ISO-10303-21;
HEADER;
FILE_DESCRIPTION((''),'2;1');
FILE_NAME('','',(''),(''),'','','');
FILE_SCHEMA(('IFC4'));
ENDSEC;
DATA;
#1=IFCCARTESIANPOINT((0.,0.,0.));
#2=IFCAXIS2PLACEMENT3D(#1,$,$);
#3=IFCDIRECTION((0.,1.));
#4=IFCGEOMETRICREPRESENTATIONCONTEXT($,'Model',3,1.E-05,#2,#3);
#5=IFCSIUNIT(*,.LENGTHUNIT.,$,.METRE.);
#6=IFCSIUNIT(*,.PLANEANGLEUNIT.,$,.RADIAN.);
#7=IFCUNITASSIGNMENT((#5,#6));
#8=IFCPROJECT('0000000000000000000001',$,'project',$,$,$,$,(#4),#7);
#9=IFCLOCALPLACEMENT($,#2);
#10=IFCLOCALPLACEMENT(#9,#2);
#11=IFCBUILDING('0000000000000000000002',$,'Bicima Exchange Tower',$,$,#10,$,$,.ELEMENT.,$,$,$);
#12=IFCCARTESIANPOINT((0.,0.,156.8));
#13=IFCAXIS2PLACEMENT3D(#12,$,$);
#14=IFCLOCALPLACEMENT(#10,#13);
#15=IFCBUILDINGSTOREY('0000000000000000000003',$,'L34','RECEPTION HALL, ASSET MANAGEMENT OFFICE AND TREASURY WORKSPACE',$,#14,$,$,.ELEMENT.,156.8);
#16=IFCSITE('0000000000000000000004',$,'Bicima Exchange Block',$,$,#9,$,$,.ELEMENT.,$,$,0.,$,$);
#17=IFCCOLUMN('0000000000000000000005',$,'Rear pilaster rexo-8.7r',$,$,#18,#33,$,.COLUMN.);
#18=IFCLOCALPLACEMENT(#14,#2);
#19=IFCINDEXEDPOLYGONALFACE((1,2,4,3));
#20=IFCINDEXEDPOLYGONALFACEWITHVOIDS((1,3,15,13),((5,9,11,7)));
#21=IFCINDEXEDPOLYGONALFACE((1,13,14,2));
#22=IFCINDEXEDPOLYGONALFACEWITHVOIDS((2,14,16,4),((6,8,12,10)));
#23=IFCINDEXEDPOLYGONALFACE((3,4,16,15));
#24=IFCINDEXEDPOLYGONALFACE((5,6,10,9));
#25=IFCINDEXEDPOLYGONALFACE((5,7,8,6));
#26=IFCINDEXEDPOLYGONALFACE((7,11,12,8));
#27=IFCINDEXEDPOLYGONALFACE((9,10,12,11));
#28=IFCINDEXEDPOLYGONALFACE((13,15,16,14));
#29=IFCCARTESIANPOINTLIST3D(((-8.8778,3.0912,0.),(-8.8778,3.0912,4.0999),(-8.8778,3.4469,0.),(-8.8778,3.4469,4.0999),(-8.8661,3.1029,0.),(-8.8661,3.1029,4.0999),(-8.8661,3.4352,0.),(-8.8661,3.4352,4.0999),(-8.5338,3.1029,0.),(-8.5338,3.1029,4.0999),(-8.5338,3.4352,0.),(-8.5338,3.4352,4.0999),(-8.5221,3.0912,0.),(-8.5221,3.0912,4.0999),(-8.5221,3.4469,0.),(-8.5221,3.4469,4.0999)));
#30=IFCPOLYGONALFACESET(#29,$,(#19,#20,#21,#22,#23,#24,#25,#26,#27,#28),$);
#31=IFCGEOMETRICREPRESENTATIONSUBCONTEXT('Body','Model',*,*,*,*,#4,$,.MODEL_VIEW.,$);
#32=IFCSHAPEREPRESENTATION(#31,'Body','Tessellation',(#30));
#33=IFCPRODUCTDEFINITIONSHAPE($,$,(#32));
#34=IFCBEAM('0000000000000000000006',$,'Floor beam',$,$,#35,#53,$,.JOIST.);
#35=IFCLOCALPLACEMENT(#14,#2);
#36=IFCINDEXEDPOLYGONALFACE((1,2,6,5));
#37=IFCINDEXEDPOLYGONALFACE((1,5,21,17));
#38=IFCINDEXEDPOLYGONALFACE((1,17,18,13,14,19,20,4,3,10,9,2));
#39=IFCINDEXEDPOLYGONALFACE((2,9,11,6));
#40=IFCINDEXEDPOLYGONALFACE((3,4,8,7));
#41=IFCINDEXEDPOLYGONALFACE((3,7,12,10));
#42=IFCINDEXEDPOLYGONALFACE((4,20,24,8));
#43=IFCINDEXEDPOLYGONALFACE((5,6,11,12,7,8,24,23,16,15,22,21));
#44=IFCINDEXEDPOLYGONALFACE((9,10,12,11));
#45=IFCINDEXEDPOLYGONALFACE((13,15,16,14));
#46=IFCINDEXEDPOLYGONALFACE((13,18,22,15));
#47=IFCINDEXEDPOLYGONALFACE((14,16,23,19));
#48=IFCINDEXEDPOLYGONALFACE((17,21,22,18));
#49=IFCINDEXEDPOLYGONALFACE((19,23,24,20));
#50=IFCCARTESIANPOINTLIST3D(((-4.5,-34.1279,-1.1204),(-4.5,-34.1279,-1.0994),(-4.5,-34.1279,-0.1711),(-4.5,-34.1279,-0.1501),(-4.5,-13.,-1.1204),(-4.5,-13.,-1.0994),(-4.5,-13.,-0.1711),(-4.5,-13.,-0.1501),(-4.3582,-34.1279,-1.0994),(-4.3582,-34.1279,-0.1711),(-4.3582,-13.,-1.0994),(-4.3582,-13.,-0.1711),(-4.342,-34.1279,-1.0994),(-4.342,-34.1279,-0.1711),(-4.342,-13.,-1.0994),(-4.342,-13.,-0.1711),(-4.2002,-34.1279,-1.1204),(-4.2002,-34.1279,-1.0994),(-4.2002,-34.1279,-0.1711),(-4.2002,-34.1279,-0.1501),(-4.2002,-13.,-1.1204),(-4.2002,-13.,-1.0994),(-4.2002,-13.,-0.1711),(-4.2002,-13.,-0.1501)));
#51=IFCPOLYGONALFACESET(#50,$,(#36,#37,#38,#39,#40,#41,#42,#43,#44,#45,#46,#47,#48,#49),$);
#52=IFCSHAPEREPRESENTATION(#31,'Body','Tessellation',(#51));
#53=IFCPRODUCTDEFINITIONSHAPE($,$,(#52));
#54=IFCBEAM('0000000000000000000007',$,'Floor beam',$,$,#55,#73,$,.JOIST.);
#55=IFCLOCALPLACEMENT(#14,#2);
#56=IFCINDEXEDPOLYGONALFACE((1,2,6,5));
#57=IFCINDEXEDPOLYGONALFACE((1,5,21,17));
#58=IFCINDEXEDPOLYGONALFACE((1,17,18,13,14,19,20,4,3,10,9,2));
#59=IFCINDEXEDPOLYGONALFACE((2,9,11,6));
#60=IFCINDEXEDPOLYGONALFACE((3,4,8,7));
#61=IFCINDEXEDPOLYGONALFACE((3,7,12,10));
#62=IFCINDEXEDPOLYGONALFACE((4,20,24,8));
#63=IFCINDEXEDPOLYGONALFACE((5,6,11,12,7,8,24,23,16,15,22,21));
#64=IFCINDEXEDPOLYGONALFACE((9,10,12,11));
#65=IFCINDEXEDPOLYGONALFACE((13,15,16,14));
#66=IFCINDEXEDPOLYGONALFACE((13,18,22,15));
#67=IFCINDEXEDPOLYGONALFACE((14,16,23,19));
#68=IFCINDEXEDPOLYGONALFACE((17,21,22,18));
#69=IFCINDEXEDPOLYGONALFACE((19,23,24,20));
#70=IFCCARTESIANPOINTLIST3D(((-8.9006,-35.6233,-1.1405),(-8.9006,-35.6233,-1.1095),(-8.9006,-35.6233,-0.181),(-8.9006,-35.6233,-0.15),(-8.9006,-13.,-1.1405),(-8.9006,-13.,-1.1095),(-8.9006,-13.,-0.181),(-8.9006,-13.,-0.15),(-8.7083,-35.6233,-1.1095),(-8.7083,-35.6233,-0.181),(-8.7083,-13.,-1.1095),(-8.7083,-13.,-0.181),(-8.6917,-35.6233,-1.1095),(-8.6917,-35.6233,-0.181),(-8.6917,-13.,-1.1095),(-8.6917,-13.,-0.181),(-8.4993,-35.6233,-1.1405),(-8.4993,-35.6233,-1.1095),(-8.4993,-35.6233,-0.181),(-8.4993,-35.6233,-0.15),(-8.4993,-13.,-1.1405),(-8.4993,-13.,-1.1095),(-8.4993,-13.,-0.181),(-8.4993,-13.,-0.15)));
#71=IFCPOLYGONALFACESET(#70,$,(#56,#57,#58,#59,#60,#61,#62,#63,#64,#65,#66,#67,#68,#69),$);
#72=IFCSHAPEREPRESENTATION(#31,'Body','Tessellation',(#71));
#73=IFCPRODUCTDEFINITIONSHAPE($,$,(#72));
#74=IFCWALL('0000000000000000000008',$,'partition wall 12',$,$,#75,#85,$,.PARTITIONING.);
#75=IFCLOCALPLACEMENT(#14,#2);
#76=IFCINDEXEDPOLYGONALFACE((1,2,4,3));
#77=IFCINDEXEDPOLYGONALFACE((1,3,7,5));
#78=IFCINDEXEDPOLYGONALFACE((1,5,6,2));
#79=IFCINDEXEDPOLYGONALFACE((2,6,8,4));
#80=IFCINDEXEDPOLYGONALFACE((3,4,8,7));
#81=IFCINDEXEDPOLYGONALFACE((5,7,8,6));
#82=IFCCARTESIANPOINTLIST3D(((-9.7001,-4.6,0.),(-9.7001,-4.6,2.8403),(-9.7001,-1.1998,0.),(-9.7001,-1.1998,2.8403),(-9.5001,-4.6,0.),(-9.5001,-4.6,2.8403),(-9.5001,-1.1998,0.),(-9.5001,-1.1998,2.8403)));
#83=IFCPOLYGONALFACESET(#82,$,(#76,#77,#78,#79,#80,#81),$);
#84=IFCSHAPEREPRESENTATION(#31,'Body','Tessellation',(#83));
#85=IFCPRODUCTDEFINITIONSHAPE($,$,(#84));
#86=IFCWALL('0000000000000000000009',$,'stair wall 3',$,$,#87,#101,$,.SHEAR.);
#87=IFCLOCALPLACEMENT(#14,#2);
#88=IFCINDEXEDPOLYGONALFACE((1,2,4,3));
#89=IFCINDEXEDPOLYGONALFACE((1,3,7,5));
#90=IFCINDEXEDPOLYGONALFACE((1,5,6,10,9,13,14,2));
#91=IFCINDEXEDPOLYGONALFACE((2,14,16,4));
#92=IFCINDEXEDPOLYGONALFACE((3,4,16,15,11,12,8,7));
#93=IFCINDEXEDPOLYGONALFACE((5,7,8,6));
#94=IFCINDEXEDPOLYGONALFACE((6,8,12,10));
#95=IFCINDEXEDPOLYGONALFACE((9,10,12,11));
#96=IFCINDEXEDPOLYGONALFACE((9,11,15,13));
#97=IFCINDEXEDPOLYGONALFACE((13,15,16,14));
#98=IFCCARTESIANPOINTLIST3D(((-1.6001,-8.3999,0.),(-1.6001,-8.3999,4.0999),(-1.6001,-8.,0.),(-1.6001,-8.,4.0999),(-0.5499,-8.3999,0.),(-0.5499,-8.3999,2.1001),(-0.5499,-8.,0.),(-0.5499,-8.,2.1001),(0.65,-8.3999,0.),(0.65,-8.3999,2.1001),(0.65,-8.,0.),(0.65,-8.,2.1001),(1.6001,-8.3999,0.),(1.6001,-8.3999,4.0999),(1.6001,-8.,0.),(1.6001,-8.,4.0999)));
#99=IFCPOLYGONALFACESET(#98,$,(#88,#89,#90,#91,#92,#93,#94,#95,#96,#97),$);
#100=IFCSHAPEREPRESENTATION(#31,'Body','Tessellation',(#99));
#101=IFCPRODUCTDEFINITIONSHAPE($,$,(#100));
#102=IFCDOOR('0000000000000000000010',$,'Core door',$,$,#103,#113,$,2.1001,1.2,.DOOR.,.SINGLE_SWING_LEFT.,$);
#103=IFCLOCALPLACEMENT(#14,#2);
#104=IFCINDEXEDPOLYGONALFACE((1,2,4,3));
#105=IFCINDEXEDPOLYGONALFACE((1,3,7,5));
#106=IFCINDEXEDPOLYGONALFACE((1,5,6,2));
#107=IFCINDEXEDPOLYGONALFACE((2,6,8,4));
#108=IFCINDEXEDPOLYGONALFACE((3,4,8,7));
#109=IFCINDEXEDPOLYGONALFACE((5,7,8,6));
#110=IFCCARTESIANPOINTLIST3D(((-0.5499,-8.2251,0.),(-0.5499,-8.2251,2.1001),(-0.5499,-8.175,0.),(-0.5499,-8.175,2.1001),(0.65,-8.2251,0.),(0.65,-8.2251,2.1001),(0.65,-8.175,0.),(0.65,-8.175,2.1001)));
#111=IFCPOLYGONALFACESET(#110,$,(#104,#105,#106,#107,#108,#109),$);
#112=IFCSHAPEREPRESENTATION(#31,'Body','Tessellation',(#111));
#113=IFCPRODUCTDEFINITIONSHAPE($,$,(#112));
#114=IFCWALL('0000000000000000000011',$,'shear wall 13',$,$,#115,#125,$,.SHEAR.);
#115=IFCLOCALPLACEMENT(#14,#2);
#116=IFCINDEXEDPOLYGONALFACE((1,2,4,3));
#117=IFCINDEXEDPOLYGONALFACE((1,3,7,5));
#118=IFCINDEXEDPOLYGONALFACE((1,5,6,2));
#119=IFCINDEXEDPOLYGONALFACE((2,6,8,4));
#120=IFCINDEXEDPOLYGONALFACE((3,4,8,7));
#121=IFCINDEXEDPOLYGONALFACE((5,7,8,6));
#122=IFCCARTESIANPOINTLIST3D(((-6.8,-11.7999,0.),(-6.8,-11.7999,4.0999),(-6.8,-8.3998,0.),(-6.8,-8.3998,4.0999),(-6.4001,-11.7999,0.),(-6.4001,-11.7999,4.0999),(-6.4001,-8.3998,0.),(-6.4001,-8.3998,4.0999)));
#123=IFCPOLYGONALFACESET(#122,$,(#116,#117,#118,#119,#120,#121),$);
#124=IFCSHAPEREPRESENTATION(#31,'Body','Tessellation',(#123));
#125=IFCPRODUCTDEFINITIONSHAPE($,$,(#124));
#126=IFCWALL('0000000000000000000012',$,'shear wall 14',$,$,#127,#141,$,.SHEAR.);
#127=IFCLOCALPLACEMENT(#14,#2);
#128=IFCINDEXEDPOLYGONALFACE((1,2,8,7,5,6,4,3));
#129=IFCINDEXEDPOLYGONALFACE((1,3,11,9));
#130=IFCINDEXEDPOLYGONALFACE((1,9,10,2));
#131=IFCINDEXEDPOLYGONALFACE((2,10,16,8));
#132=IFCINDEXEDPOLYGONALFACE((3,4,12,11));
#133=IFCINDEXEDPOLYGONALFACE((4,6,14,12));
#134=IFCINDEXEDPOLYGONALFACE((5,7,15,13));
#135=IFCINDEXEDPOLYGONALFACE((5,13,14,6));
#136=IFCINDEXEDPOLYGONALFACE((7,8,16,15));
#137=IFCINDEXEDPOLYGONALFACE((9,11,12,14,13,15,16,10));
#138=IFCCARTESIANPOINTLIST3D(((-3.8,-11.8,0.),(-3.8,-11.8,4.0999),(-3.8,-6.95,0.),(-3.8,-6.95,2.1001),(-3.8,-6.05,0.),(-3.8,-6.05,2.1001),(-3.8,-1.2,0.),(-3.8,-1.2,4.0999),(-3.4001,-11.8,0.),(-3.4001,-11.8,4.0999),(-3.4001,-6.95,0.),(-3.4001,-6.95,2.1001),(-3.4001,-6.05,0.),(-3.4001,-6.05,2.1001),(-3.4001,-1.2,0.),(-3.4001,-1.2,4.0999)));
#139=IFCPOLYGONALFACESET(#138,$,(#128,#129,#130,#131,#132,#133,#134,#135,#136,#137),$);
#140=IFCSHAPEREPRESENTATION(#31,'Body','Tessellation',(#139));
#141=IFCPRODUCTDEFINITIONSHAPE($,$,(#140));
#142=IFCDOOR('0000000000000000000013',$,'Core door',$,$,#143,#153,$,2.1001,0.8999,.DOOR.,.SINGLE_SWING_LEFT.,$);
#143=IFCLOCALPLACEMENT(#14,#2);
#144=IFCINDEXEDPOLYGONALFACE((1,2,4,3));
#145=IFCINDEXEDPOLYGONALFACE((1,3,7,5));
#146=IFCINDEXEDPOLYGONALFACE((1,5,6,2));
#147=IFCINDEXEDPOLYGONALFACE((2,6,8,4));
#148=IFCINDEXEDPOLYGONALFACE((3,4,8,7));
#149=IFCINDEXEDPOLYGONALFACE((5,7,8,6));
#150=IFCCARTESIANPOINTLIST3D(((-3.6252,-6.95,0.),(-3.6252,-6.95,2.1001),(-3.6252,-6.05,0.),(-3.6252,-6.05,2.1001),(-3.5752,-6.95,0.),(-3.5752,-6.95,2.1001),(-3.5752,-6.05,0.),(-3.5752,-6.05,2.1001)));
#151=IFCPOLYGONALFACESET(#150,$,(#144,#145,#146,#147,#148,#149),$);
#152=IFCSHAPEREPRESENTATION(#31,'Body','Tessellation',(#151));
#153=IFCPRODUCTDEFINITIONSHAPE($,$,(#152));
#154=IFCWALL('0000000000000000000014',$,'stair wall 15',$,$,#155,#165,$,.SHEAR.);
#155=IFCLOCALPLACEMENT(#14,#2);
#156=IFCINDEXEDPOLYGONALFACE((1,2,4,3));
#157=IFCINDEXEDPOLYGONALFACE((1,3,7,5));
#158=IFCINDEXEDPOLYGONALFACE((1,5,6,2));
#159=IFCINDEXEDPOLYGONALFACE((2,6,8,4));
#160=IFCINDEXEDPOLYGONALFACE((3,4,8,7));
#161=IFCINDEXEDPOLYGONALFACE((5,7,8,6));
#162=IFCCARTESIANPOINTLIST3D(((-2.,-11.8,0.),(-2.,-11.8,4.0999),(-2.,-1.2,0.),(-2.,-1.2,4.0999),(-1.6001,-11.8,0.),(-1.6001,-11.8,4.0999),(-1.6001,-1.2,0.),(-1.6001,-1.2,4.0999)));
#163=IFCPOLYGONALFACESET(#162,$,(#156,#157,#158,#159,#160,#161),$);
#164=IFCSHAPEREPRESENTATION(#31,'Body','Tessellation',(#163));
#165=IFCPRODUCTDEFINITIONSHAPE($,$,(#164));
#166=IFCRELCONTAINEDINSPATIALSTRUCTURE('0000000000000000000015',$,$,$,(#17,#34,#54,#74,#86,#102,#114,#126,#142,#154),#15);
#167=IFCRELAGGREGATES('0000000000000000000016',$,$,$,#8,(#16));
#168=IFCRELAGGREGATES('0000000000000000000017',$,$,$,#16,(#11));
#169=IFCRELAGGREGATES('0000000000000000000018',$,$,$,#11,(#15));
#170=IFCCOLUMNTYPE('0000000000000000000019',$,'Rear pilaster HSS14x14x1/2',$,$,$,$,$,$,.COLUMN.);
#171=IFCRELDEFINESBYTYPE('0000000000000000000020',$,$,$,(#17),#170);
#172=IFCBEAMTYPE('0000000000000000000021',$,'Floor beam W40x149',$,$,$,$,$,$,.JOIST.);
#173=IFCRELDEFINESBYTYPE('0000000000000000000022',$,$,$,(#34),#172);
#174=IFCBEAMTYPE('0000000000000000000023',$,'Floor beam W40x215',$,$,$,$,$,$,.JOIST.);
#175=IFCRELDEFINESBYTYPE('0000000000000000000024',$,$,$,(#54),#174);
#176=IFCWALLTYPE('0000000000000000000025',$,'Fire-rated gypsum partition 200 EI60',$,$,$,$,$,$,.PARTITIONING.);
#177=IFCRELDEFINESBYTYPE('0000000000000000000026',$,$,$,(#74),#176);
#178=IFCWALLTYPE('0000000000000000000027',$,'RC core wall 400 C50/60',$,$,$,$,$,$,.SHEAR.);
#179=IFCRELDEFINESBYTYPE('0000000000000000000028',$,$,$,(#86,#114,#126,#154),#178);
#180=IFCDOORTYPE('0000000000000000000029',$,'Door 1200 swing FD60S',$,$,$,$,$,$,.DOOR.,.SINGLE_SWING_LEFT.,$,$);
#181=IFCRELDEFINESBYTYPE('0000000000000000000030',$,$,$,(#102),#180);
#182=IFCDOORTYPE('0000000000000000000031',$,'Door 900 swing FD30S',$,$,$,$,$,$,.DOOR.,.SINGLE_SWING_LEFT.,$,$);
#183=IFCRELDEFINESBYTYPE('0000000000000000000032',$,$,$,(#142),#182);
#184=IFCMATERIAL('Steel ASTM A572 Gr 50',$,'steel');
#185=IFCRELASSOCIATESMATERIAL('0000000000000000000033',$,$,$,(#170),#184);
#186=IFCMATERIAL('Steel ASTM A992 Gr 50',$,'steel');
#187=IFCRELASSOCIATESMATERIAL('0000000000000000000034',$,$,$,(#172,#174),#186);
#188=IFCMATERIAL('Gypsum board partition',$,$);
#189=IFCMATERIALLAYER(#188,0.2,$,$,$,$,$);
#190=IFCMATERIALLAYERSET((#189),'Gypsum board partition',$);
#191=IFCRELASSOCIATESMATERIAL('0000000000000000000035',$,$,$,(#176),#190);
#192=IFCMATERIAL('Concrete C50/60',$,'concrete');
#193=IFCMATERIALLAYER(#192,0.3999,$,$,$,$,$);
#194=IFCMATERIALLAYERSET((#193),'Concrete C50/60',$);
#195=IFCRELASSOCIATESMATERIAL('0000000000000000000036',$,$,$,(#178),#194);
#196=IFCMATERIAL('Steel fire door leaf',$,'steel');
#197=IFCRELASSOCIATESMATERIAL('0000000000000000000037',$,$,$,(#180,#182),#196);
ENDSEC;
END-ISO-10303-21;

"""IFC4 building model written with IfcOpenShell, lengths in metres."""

from ifc_helpers import new_model, si_unit, direction, frame, frame_2d, origin, origin_2d, place, context, subcontext, project, spatial, rectangle, hollow_rectangle, i_section, extrude, material, layer, layer_set, material_profile, profile_set, type_object, element, fill, save


model = new_model("IFC4")

# Units and contexts
model_context = context("Model", 3, precision=1e-05, world=origin(), true_north=direction((0.0, 1.0)))
body_context = subcontext(model_context, "Body", "Model", "MODEL_VIEW")
ifc_project = project(units=[si_unit("LENGTHUNIT", "METRE"), si_unit("PLANEANGLEUNIT", "RADIAN")], contexts=[model_context])

# Site, building, storey
site_placement = place(None, origin())
site = spatial("IfcSite", under=ifc_project, at=site_placement, Name="Bicima Exchange Block", CompositionType="ELEMENT", RefElevation=0.0)
building_placement = place(site_placement, origin())
building = spatial("IfcBuilding", under=site, at=building_placement, Name="Bicima Exchange Tower", CompositionType="ELEMENT")
storey_placement = place(building_placement, frame((0.0, 0.0, 156.8)))
storey = spatial("IfcBuildingStorey", under=building, at=storey_placement, Name="L34", Description="RECEPTION HALL, ASSET MANAGEMENT OFFICE AND TREASURY WORKSPACE", CompositionType="ELEMENT", Elevation=156.8)

# Column
ifc_material_1 = material(Name="Steel ASTM A572 Gr 50", Category="steel")
ifc_material_profile_1 = material_profile(ifc_material_1, hollow_rectangle(XDim=0.3557, YDim=0.3557, WallThickness=0.0117, at=origin_2d()))
ifc_profile_set_1 = profile_set([ifc_material_profile_1], Name="Steel ASTM A572 Gr 50")
column_type = type_object("IfcColumnType", Name="Rear pilaster HSS14x14x1/2", PredefinedType="COLUMN", material=ifc_profile_set_1)
column_placement = place(storey_placement, frame((-8.7, 3.269, 0.0), z_axis=(0.0, 0.0, 1.0), x_axis=(1.0, 0.0, 0.0)))
element("IfcColumn", 1, at=column_placement, inside=storey, type_object=column_type, Name="Rear pilaster rexo-8.7r", PredefinedType="COLUMN", context=body_context, shape_type="SweptSolid", body=[
    extrude(hollow_rectangle(XDim=0.3557, YDim=0.3557, WallThickness=0.0117, at=origin_2d()), origin(), (0.0, 0.0, 1.0), 4.0999),
])

# Beams
ifc_material_2 = material(Name="Steel ASTM A992 Gr 50", Category="steel")
ifc_material_profile_2 = material_profile(ifc_material_2, i_section(OverallWidth=0.2998, OverallDepth=0.9702, WebThickness=0.0161, FlangeThickness=0.021, at=origin_2d()))
ifc_profile_set_2 = profile_set([ifc_material_profile_2], Name="Steel ASTM A992 Gr 50")
beam_type_1 = type_object("IfcBeamType", Name="Floor beam W40x149", PredefinedType="JOIST", material=ifc_profile_set_2)
beam_1_placement = place(storey_placement, frame((-4.3501, -13.0, -0.6353), z_axis=(0.0, -1.0, 0.0), x_axis=(1.0, 0.0, 0.0)))
element("IfcBeam", 2, at=beam_1_placement, inside=storey, type_object=beam_type_1, Name="Floor beam", PredefinedType="JOIST", context=body_context, shape_type="SweptSolid", body=[
    extrude(i_section(OverallWidth=0.2998, OverallDepth=0.9702, WebThickness=0.0161, FlangeThickness=0.021, at=origin_2d()), origin(), (0.0, 0.0, 1.0), 21.1279),
])
ifc_material_profile_3 = material_profile(ifc_material_2, i_section(OverallWidth=0.4014, OverallDepth=0.9905, WebThickness=0.0166, FlangeThickness=0.031, at=origin_2d()))
ifc_profile_set_3 = profile_set([ifc_material_profile_3], Name="Steel ASTM A992 Gr 50")
beam_type_2 = type_object("IfcBeamType", Name="Floor beam W40x215", PredefinedType="JOIST", material=ifc_profile_set_3)
beam_2_placement = place(storey_placement, frame((-8.7, -13.0, -0.6453), z_axis=(0.0, -1.0, 0.0), x_axis=(1.0, 0.0, 0.0)))
element("IfcBeam", 3, at=beam_2_placement, inside=storey, type_object=beam_type_2, Name="Floor beam", PredefinedType="JOIST", context=body_context, shape_type="SweptSolid", body=[
    extrude(i_section(OverallWidth=0.4014, OverallDepth=0.9905, WebThickness=0.0166, FlangeThickness=0.031, at=origin_2d()), origin(), (0.0, 0.0, 1.0), 22.6233),
])

# Wall
ifc_material_3 = material(Name="Gypsum board partition")
ifc_layer_1 = layer(ifc_material_3, 0.2)
ifc_layer_set_1 = layer_set([ifc_layer_1], Name="Gypsum board partition")
wall_type_1 = type_object("IfcWallType", Name="Fire-rated gypsum partition 200 EI60", PredefinedType="PARTITIONING", material=ifc_layer_set_1)
wall_1_placement = place(storey_placement, frame((-9.6001, -4.6001, 0.0), z_axis=(0.0, 0.0, 1.0), x_axis=(0.0, 1.0, 0.0)))
element("IfcWall", 4, at=wall_1_placement, inside=storey, type_object=wall_type_1, Name="partition wall 12", PredefinedType="PARTITIONING", context=body_context, shape_type="SweptSolid", body=[
    extrude(rectangle(XDim=3.4001, YDim=0.2, at=frame_2d((1.7002, 0.0))), origin(), (0.0, 0.0, 1.0), 2.8403),
])

# Wall, opening, door
ifc_material_4 = material(Name="Concrete C50/60", Category="concrete")
ifc_layer_2 = layer(ifc_material_4, 0.3999)
ifc_layer_set_2 = layer_set([ifc_layer_2], Name="Concrete C50/60")
wall_type_2 = type_object("IfcWallType", Name="RC core wall 400 C50/60", PredefinedType="SHEAR", material=ifc_layer_set_2)
wall_2_placement = place(storey_placement, frame((-1.6001, -8.2, 0.0), z_axis=(0.0, 0.0, 1.0), x_axis=(1.0, 0.0, 0.0)))
wall_2 = element("IfcWall", 5, at=wall_2_placement, inside=storey, type_object=wall_type_2, Name="stair wall 3", PredefinedType="SHEAR", context=body_context, shape_type="SweptSolid", body=[
    extrude(rectangle(XDim=3.2002, YDim=0.3999, at=frame_2d((1.6001, 0.0))), origin(), (0.0, 0.0, 1.0), 4.0999),
])
opening_1_placement = place(wall_2_placement, frame((1.05, 0.0, 0.0)))
opening_1 = element("IfcOpeningElement", 6, at=opening_1_placement, cuts=wall_2, PredefinedType="OPENING", context=body_context, shape_type="SweptSolid", body=[
    extrude(rectangle(XDim=1.2, YDim=2.1001, at=frame_2d((0.6001, 1.05))), frame((0.0, 0.2119, 0.0), z_axis=(0.0, -1.0, 0.0), x_axis=(1.0, 0.0, 0.0)), (0.0, 0.0, 1.0), 0.4238),
])
ifc_material_5 = material(Name="Steel fire door leaf", Category="steel")
door_type_1 = type_object("IfcDoorType", Name="Door 1200 swing FD60S", OperationType="SINGLE_SWING_LEFT", PredefinedType="DOOR", material=ifc_material_5)
door_1_placement = place(opening_1_placement, origin())
door_1 = element("IfcDoor", 7, at=door_1_placement, inside=storey, type_object=door_type_1, Name="Core door", OperationType="SINGLE_SWING_LEFT", OverallHeight=2.1001, OverallWidth=1.2, PredefinedType="DOOR", context=body_context, shape_type="SweptSolid", body=[
    extrude(rectangle(XDim=1.2, YDim=2.1001, at=frame_2d((0.6001, 1.05))), frame((0.0, 0.0249, 0.0), z_axis=(0.0, -1.0, 0.0), x_axis=(1.0, 0.0, 0.0)), (0.0, 0.0, 1.0), 0.05),
])
fill(opening_1, door_1)

# Wall
wall_3_placement = place(storey_placement, frame((-6.6001, -11.8, 0.0), z_axis=(0.0, 0.0, 1.0), x_axis=(0.0, 1.0, 0.0)))
element("IfcWall", 8, at=wall_3_placement, inside=storey, type_object=wall_type_2, Name="shear wall 13", PredefinedType="SHEAR", context=body_context, shape_type="SweptSolid", body=[
    extrude(rectangle(XDim=3.4001, YDim=0.3999, at=frame_2d((1.7002, 0.0))), origin(), (0.0, 0.0, 1.0), 4.0999),
])

# Wall, opening, door
wall_4_placement = place(storey_placement, frame((-3.6001, -11.8, 0.0), z_axis=(0.0, 0.0, 1.0), x_axis=(0.0, 1.0, 0.0)))
wall_4 = element("IfcWall", 9, at=wall_4_placement, inside=storey, type_object=wall_type_2, Name="shear wall 14", PredefinedType="SHEAR", context=body_context, shape_type="SweptSolid", body=[
    extrude(rectangle(XDim=10.6001, YDim=0.3999, at=frame_2d((5.3, 0.0))), origin(), (0.0, 0.0, 1.0), 4.0999),
])
opening_2_placement = place(wall_4_placement, frame((4.8501, 0.0, 0.0)))
opening_2 = element("IfcOpeningElement", 10, at=opening_2_placement, cuts=wall_4, PredefinedType="OPENING", context=body_context, shape_type="SweptSolid", body=[
    extrude(rectangle(XDim=0.8999, YDim=2.1001, at=frame_2d((0.45, 1.05))), frame((0.0, 0.2119, 0.0), z_axis=(0.0, -1.0, 0.0), x_axis=(1.0, 0.0, 0.0)), (0.0, 0.0, 1.0), 0.4238),
])
door_type_2 = type_object("IfcDoorType", Name="Door 900 swing FD30S", OperationType="SINGLE_SWING_LEFT", PredefinedType="DOOR", material=ifc_material_5)
door_2_placement = place(opening_2_placement, frame((0.8999, 0.0, 0.0), z_axis=(0.0, 0.0, 1.0), x_axis=(-1.0, 0.0, 0.0)))
door_2 = element("IfcDoor", 11, at=door_2_placement, inside=storey, type_object=door_type_2, Name="Core door", OperationType="SINGLE_SWING_LEFT", OverallHeight=2.1001, OverallWidth=0.8999, PredefinedType="DOOR", context=body_context, shape_type="SweptSolid", body=[
    extrude(rectangle(XDim=0.8999, YDim=2.1001, at=frame_2d((0.45, 1.05))), frame((0.0, 0.0249, 0.0), z_axis=(0.0, -1.0, 0.0), x_axis=(1.0, 0.0, 0.0)), (0.0, 0.0, 1.0), 0.05),
])
fill(opening_2, door_2)

# Wall
wall_5_placement = place(storey_placement, frame((-1.8, -11.8, 0.0), z_axis=(0.0, 0.0, 1.0), x_axis=(0.0, 1.0, 0.0)))
element("IfcWall", 12, at=wall_5_placement, inside=storey, type_object=wall_type_2, Name="stair wall 15", PredefinedType="SHEAR", context=body_context, shape_type="SweptSolid", body=[
    extrude(rectangle(XDim=10.6001, YDim=0.3999, at=frame_2d((5.3, 0.0))), origin(), (0.0, 0.0, 1.0), 4.0999),
])

save(model, "model.ifc")
